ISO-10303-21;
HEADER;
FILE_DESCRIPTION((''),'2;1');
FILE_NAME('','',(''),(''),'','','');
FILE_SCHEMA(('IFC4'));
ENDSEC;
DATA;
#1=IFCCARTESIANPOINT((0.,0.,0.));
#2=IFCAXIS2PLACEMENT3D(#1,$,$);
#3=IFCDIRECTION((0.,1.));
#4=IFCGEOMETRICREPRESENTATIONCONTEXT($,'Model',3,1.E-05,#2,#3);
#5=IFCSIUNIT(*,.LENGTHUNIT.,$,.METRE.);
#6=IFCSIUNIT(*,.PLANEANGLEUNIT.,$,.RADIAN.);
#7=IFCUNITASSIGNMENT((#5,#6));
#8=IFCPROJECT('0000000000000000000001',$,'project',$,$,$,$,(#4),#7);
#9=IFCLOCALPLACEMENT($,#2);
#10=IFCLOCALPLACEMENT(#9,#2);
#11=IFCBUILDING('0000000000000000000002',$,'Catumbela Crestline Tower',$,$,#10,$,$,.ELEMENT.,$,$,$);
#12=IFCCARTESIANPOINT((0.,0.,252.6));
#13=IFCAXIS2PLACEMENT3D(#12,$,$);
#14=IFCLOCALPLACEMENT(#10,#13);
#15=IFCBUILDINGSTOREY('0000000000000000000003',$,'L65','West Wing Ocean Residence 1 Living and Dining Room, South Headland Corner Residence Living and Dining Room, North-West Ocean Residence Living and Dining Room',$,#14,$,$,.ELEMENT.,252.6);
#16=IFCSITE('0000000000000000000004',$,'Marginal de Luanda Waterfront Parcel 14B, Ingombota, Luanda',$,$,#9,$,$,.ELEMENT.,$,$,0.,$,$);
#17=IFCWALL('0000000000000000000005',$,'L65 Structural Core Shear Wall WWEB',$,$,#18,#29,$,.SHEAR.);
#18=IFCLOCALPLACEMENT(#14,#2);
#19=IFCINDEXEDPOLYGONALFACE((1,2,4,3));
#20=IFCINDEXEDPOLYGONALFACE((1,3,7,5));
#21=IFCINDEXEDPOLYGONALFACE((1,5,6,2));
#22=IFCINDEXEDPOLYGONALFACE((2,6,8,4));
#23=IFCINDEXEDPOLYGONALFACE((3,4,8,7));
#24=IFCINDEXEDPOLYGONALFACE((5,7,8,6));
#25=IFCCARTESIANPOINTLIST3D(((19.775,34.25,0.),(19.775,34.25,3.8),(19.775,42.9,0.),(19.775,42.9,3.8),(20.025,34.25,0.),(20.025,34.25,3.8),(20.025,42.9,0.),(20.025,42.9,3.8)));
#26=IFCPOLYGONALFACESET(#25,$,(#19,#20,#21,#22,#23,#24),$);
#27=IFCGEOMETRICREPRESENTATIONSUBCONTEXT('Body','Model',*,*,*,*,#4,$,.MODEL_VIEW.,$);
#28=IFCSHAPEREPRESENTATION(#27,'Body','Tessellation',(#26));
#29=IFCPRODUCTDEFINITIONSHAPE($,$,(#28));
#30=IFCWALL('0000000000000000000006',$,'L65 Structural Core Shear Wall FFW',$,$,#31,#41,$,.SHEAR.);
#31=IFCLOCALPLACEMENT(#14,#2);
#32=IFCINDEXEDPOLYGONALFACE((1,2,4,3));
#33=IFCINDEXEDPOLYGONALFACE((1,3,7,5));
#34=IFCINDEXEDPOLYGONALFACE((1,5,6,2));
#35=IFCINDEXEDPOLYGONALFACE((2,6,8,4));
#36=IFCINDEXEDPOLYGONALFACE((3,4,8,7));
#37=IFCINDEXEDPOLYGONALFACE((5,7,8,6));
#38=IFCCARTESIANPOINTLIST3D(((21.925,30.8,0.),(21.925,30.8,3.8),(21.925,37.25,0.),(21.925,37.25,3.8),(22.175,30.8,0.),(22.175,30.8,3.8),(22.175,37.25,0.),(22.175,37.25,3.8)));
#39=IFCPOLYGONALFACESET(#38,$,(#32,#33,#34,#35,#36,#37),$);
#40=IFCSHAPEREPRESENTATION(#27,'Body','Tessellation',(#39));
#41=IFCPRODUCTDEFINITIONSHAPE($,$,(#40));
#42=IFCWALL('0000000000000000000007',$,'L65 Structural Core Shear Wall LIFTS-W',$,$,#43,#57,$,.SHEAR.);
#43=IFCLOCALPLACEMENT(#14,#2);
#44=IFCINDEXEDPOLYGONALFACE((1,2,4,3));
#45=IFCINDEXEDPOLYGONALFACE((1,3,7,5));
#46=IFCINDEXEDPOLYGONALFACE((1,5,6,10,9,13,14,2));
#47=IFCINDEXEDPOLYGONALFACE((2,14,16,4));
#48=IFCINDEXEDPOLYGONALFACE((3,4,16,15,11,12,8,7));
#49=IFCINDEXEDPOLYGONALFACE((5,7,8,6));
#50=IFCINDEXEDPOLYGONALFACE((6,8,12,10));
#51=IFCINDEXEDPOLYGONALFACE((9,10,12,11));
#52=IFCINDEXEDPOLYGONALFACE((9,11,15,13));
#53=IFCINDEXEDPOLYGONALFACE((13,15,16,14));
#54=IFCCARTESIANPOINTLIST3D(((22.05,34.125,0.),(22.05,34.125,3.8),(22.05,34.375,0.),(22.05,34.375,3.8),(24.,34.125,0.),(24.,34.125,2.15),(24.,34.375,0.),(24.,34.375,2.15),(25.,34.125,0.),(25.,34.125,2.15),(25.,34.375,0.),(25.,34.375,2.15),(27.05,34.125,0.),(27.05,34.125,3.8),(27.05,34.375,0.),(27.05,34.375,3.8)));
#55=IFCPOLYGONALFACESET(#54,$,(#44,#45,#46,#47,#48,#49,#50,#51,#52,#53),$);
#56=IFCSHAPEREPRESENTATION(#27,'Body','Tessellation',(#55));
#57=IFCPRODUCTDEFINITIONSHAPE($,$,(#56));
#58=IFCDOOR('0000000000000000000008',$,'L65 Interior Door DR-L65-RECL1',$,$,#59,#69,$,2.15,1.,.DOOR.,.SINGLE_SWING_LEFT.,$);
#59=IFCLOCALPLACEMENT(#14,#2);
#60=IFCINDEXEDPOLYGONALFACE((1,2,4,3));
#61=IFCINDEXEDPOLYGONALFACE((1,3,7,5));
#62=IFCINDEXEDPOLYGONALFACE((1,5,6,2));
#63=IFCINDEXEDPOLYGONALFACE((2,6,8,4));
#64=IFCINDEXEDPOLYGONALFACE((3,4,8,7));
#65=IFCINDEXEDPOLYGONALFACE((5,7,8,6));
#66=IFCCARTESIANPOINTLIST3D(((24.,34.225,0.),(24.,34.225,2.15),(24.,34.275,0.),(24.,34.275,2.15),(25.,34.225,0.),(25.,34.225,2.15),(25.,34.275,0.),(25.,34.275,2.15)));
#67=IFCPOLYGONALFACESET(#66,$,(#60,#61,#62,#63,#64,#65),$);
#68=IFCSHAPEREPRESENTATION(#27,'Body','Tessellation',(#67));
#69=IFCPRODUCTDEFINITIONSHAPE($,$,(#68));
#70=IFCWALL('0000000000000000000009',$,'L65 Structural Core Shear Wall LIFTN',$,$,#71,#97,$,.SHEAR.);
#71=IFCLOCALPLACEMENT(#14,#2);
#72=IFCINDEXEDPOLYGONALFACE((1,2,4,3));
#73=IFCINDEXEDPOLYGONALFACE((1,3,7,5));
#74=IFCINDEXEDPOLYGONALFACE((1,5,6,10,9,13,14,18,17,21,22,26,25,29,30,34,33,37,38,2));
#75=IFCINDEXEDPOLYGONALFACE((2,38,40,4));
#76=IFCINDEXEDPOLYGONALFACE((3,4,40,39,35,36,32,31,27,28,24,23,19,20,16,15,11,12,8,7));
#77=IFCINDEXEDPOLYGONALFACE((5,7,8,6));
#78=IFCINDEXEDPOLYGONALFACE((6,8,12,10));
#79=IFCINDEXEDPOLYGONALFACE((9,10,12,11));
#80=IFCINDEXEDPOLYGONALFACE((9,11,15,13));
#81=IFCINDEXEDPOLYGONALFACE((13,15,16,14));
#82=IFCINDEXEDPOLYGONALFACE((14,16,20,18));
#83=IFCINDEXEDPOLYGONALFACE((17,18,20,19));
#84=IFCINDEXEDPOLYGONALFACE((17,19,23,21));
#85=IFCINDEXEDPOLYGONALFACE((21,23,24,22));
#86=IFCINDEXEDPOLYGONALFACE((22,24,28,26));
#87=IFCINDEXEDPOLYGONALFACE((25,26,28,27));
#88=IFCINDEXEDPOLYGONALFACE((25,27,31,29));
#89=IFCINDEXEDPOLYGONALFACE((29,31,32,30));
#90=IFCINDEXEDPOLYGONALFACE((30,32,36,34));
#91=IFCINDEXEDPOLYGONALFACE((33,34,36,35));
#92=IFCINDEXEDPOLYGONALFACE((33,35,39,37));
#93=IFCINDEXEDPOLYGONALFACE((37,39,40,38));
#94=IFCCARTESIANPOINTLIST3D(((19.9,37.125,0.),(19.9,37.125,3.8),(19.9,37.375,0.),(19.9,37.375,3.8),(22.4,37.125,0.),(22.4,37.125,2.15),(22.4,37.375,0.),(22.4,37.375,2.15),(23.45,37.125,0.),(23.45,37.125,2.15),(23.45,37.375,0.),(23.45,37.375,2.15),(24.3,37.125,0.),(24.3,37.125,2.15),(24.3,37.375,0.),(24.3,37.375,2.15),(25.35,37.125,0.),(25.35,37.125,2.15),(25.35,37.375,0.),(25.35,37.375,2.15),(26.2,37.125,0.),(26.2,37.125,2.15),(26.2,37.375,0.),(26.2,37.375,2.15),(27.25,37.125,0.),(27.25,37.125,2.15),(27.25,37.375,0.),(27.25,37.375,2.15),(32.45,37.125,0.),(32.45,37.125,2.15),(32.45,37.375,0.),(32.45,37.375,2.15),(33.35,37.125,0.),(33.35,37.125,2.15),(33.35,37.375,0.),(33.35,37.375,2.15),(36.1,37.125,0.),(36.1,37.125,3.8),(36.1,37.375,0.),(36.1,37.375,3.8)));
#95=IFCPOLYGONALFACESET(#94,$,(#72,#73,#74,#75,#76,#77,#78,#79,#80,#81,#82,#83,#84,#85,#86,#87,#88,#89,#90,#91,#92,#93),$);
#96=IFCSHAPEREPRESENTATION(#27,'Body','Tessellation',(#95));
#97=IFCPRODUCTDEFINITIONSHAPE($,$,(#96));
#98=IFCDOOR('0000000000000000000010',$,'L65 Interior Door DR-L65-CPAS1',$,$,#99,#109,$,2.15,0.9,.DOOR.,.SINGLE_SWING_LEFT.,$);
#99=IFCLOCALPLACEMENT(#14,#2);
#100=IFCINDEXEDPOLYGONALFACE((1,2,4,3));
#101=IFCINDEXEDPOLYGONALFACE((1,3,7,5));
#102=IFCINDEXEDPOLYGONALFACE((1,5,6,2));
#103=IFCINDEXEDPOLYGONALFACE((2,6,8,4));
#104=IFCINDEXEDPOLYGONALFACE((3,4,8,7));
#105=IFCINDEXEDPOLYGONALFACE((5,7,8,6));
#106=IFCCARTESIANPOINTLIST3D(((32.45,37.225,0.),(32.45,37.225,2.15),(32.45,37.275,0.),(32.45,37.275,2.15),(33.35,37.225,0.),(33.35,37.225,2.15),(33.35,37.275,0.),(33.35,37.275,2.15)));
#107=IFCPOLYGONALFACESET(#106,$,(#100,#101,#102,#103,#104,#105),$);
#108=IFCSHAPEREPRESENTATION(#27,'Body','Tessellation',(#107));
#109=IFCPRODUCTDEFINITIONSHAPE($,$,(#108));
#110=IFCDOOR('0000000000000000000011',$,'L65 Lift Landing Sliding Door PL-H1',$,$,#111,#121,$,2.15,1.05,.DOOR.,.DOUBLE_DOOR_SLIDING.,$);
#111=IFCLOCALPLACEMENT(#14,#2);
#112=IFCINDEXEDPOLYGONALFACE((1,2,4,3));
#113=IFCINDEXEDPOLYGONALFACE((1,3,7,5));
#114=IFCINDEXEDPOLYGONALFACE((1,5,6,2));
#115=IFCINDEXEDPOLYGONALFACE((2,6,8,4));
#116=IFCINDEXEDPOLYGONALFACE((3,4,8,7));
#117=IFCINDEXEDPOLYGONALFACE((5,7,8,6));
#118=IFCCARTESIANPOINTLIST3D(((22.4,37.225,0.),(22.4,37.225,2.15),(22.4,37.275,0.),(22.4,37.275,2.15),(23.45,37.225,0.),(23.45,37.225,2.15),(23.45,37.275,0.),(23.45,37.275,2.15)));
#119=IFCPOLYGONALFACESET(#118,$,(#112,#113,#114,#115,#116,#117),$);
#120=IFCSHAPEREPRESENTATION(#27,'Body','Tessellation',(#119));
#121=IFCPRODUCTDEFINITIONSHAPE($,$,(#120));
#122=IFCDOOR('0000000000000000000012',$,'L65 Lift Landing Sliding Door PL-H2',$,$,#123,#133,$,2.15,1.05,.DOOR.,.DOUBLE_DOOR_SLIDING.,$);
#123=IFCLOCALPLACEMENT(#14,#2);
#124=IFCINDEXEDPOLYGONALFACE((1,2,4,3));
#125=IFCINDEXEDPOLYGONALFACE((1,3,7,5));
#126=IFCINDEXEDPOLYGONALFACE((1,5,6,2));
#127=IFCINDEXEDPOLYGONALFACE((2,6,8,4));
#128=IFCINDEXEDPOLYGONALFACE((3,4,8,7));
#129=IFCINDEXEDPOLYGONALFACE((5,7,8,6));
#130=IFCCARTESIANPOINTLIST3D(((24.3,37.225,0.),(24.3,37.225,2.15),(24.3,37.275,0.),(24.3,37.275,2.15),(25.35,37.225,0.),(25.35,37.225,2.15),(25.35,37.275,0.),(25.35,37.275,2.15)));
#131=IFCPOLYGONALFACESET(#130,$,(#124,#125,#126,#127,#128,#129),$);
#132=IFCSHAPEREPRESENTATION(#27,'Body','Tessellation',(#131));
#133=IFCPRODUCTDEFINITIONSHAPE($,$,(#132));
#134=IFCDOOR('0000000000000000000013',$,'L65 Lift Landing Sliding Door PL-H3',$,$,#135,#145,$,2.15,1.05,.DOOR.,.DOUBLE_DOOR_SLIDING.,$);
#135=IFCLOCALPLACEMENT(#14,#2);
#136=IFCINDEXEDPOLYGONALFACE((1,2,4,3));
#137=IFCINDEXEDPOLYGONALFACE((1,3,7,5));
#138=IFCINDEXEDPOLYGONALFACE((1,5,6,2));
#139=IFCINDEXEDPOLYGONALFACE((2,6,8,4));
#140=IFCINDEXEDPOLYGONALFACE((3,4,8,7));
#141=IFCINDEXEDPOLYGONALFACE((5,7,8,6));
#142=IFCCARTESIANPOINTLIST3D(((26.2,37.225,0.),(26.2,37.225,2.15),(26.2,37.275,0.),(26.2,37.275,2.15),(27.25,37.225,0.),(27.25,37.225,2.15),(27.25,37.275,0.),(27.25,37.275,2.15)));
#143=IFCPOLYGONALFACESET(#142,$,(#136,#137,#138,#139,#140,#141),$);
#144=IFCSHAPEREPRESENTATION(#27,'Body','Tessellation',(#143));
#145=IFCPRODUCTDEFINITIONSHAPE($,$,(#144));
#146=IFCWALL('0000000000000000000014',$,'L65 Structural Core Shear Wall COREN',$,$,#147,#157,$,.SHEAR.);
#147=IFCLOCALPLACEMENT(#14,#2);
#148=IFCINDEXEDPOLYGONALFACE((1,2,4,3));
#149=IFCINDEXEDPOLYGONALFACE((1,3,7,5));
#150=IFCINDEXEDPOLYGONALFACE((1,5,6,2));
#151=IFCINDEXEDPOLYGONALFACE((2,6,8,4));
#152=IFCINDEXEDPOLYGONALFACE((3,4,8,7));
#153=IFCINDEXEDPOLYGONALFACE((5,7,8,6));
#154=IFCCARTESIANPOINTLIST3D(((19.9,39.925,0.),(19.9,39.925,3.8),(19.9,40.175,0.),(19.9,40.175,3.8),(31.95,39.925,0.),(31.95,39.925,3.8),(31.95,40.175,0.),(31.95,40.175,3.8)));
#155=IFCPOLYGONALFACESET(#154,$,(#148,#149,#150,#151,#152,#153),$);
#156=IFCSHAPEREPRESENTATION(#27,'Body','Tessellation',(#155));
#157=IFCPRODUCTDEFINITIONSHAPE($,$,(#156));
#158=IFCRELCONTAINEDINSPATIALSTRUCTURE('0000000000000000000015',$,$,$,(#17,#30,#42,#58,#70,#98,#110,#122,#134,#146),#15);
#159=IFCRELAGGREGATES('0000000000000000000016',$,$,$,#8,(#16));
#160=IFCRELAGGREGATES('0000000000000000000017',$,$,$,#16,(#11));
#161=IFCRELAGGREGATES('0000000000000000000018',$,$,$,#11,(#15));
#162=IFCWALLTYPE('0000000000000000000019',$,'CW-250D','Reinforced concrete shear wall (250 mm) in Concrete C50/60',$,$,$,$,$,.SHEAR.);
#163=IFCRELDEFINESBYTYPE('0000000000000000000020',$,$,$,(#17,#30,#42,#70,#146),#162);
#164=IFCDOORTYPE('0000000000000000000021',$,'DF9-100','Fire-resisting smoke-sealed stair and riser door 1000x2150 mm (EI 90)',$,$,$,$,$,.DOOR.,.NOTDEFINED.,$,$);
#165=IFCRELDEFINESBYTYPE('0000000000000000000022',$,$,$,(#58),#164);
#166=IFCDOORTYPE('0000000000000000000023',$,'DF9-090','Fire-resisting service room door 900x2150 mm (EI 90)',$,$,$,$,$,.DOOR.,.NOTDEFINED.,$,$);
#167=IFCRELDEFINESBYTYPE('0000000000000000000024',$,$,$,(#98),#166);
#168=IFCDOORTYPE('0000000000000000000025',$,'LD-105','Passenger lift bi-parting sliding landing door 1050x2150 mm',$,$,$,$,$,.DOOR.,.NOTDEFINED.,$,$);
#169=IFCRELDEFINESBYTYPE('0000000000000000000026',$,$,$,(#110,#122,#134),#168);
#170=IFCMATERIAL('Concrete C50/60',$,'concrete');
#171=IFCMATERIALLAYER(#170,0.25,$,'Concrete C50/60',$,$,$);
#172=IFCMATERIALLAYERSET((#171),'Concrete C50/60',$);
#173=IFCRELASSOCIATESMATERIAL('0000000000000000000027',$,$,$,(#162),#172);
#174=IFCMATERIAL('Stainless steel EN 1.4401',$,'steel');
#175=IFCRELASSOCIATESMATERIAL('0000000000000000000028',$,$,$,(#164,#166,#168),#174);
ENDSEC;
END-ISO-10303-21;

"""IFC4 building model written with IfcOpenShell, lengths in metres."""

from ifc_helpers import new_model, si_unit, direction, frame, frame_2d, origin, place, context, subcontext, project, spatial, rectangle, extrude, material, layer, layer_set, type_object, element, fill, save


model = new_model("IFC4")

# Units and contexts
model_context = context("Model", 3, precision=1e-05, world=origin(), true_north=direction((0.0, 1.0)))
body_context = subcontext(model_context, "Body", "Model", "MODEL_VIEW")
ifc_project = project(units=[si_unit("LENGTHUNIT", "METRE"), si_unit("PLANEANGLEUNIT", "RADIAN")], contexts=[model_context])

# Site, building, storey
site_placement = place(None, origin())
site = spatial("IfcSite", under=ifc_project, at=site_placement, Name="Marginal de Luanda Waterfront Parcel 14B, Ingombota, Luanda", CompositionType="ELEMENT", RefElevation=0.0)
building_placement = place(site_placement, origin())
building = spatial("IfcBuilding", under=site, at=building_placement, Name="Catumbela Crestline Tower", CompositionType="ELEMENT")
storey_placement = place(building_placement, frame((0.0, 0.0, 252.6)))
storey = spatial("IfcBuildingStorey", under=building, at=storey_placement, Name="L65", Description="West Wing Ocean Residence 1 Living and Dining Room, South Headland Corner Residence Living and Dining Room, North-West Ocean Residence Living and Dining Room", CompositionType="ELEMENT", Elevation=252.6)

# Walls
ifc_material_1 = material(Name="Concrete C50/60", Category="concrete")
ifc_layer_1 = layer(ifc_material_1, 0.25, Name="Concrete C50/60")
ifc_layer_set_1 = layer_set([ifc_layer_1], Name="Concrete C50/60")
wall_type_1 = type_object("IfcWallType", Name="CW-250D", Description="Reinforced concrete shear wall (250 mm) in Concrete C50/60", PredefinedType="SHEAR", material=ifc_layer_set_1)
wall_1_placement = place(storey_placement, frame((19.9, 34.25, 0.0), z_axis=(0.0, 0.0, 1.0), x_axis=(0.0, 1.0, 0.0)))
element("IfcWall", 1, at=wall_1_placement, inside=storey, type_object=wall_type_1, Name="L65 Structural Core Shear Wall WWEB", PredefinedType="SHEAR", context=body_context, shape_type="SweptSolid", body=[
    extrude(rectangle(XDim=8.65, YDim=0.25, at=frame_2d((4.325, 0.0))), origin(), (0.0, 0.0, 1.0), 3.8),
])
wall_2_placement = place(storey_placement, frame((22.05, 30.8, 0.0), z_axis=(0.0, 0.0, 1.0), x_axis=(0.0, 1.0, 0.0)))
element("IfcWall", 2, at=wall_2_placement, inside=storey, type_object=wall_type_1, Name="L65 Structural Core Shear Wall FFW", PredefinedType="SHEAR", context=body_context, shape_type="SweptSolid", body=[
    extrude(rectangle(XDim=6.45, YDim=0.25, at=frame_2d((3.225, 0.0))), origin(), (0.0, 0.0, 1.0), 3.8),
])

# Wall, opening, door
wall_3_placement = place(storey_placement, frame((22.05, 34.25, 0.0), z_axis=(0.0, 0.0, 1.0), x_axis=(1.0, 0.0, 0.0)))
wall_3 = element("IfcWall", 3, at=wall_3_placement, inside=storey, type_object=wall_type_1, Name="L65 Structural Core Shear Wall LIFTS-W", PredefinedType="SHEAR", context=body_context, shape_type="SweptSolid", body=[
    extrude(rectangle(XDim=5.0, YDim=0.25, at=frame_2d((2.5, 0.0))), origin(), (0.0, 0.0, 1.0), 3.8),
])
opening_1_placement = place(wall_3_placement, frame((1.95, 0.0, 0.0)))
opening_1 = element("IfcOpeningElement", 4, at=opening_1_placement, cuts=wall_3, PredefinedType="OPENING", context=body_context, shape_type="SweptSolid", body=[
    extrude(rectangle(XDim=1.0, YDim=2.15, at=frame_2d((0.5, 1.075))), frame((0.0, 0.135, 0.0), z_axis=(0.0, -1.0, 0.0), x_axis=(1.0, 0.0, 0.0)), (0.0, 0.0, 1.0), 0.27),
])
ifc_material_2 = material(Name="Stainless steel EN 1.4401", Category="steel")
door_type_1 = type_object("IfcDoorType", Name="DF9-100", Description="Fire-resisting smoke-sealed stair and riser door 1000x2150 mm (EI 90)", OperationType="NOTDEFINED", PredefinedType="DOOR", material=ifc_material_2)
door_1_placement = place(opening_1_placement, origin())
door_1 = element("IfcDoor", 5, at=door_1_placement, inside=storey, type_object=door_type_1, Name="L65 Interior Door DR-L65-RECL1", OperationType="SINGLE_SWING_LEFT", OverallHeight=2.15, OverallWidth=1.0, PredefinedType="DOOR", context=body_context, shape_type="SweptSolid", body=[
    extrude(rectangle(XDim=1.0, YDim=2.15, at=frame_2d((0.5, 1.075))), frame((0.0, 0.025, 0.0), z_axis=(0.0, -1.0, 0.0), x_axis=(1.0, 0.0, 0.0)), (0.0, 0.0, 1.0), 0.05),
])
fill(opening_1, door_1)

# Wall, openings, doors
wall_4_placement = place(storey_placement, frame((19.9, 37.25, 0.0), z_axis=(0.0, 0.0, 1.0), x_axis=(1.0, 0.0, 0.0)))
wall_4 = element("IfcWall", 6, at=wall_4_placement, inside=storey, type_object=wall_type_1, Name="L65 Structural Core Shear Wall LIFTN", PredefinedType="SHEAR", context=body_context, shape_type="SweptSolid", body=[
    extrude(rectangle(XDim=16.2, YDim=0.25, at=frame_2d((8.1, 0.0))), origin(), (0.0, 0.0, 1.0), 3.8),
])
opening_2_placement = place(wall_4_placement, frame((12.55, 0.0, 0.0)))
opening_2 = element("IfcOpeningElement", 7, at=opening_2_placement, cuts=wall_4, PredefinedType="OPENING", context=body_context, shape_type="SweptSolid", body=[
    extrude(rectangle(XDim=0.9, YDim=2.15, at=frame_2d((0.45, 1.075))), frame((0.0, 0.135, 0.0), z_axis=(0.0, -1.0, 0.0), x_axis=(1.0, 0.0, 0.0)), (0.0, 0.0, 1.0), 0.27),
])
opening_3_placement = place(wall_4_placement, frame((2.5, 0.0, 0.0)))
opening_3 = element("IfcOpeningElement", 8, at=opening_3_placement, cuts=wall_4, PredefinedType="OPENING", context=body_context, shape_type="SweptSolid", body=[
    extrude(rectangle(XDim=1.05, YDim=2.15, at=frame_2d((0.525, 1.075))), frame((0.0, 0.135, 0.0), z_axis=(0.0, -1.0, 0.0), x_axis=(1.0, 0.0, 0.0)), (0.0, 0.0, 1.0), 0.27),
])
opening_4_placement = place(wall_4_placement, frame((4.4, 0.0, 0.0)))
opening_4 = element("IfcOpeningElement", 9, at=opening_4_placement, cuts=wall_4, PredefinedType="OPENING", context=body_context, shape_type="SweptSolid", body=[
    extrude(rectangle(XDim=1.05, YDim=2.15, at=frame_2d((0.525, 1.075))), frame((0.0, 0.135, 0.0), z_axis=(0.0, -1.0, 0.0), x_axis=(1.0, 0.0, 0.0)), (0.0, 0.0, 1.0), 0.27),
])
opening_5_placement = place(wall_4_placement, frame((6.3, 0.0, 0.0)))
opening_5 = element("IfcOpeningElement", 10, at=opening_5_placement, cuts=wall_4, PredefinedType="OPENING", context=body_context, shape_type="SweptSolid", body=[
    extrude(rectangle(XDim=1.05, YDim=2.15, at=frame_2d((0.525, 1.075))), frame((0.0, 0.135, 0.0), z_axis=(0.0, -1.0, 0.0), x_axis=(1.0, 0.0, 0.0)), (0.0, 0.0, 1.0), 0.27),
])
door_type_2 = type_object("IfcDoorType", Name="DF9-090", Description="Fire-resisting service room door 900x2150 mm (EI 90)", OperationType="NOTDEFINED", PredefinedType="DOOR", material=ifc_material_2)
door_2_placement = place(opening_2_placement, origin())
door_2 = element("IfcDoor", 11, at=door_2_placement, inside=storey, type_object=door_type_2, Name="L65 Interior Door DR-L65-CPAS1", OperationType="SINGLE_SWING_LEFT", OverallHeight=2.15, OverallWidth=0.9, PredefinedType="DOOR", context=body_context, shape_type="SweptSolid", body=[
    extrude(rectangle(XDim=0.9, YDim=2.15, at=frame_2d((0.45, 1.075))), frame((0.0, 0.025, 0.0), z_axis=(0.0, -1.0, 0.0), x_axis=(1.0, 0.0, 0.0)), (0.0, 0.0, 1.0), 0.05),
])
fill(opening_2, door_2)
door_type_3 = type_object("IfcDoorType", Name="LD-105", Description="Passenger lift bi-parting sliding landing door 1050x2150 mm", OperationType="NOTDEFINED", PredefinedType="DOOR", material=ifc_material_2)
door_3_placement = place(opening_3_placement, origin())
door_3 = element("IfcDoor", 12, at=door_3_placement, inside=storey, type_object=door_type_3, Name="L65 Lift Landing Sliding Door PL-H1", OperationType="DOUBLE_DOOR_SLIDING", OverallHeight=2.15, OverallWidth=1.05, PredefinedType="DOOR", context=body_context, shape_type="SweptSolid", body=[
    extrude(rectangle(XDim=1.05, YDim=2.15, at=frame_2d((0.525, 1.075))), frame((0.0, 0.025, 0.0), z_axis=(0.0, -1.0, 0.0), x_axis=(1.0, 0.0, 0.0)), (0.0, 0.0, 1.0), 0.05),
])
fill(opening_3, door_3)
door_4_placement = place(opening_4_placement, origin())
door_4 = element("IfcDoor", 13, at=door_4_placement, inside=storey, type_object=door_type_3, Name="L65 Lift Landing Sliding Door PL-H2", OperationType="DOUBLE_DOOR_SLIDING", OverallHeight=2.15, OverallWidth=1.05, PredefinedType="DOOR", context=body_context, shape_type="SweptSolid", body=[
    extrude(rectangle(XDim=1.05, YDim=2.15, at=frame_2d((0.525, 1.075))), frame((0.0, 0.025, 0.0), z_axis=(0.0, -1.0, 0.0), x_axis=(1.0, 0.0, 0.0)), (0.0, 0.0, 1.0), 0.05),
])
fill(opening_4, door_4)
door_5_placement = place(opening_5_placement, origin())
door_5 = element("IfcDoor", 14, at=door_5_placement, inside=storey, type_object=door_type_3, Name="L65 Lift Landing Sliding Door PL-H3", OperationType="DOUBLE_DOOR_SLIDING", OverallHeight=2.15, OverallWidth=1.05, PredefinedType="DOOR", context=body_context, shape_type="SweptSolid", body=[
    extrude(rectangle(XDim=1.05, YDim=2.15, at=frame_2d((0.525, 1.075))), frame((0.0, 0.025, 0.0), z_axis=(0.0, -1.0, 0.0), x_axis=(1.0, 0.0, 0.0)), (0.0, 0.0, 1.0), 0.05),
])
fill(opening_5, door_5)

# Wall
wall_5_placement = place(storey_placement, frame((19.9, 40.05, 0.0), z_axis=(0.0, 0.0, 1.0), x_axis=(1.0, 0.0, 0.0)))
element("IfcWall", 15, at=wall_5_placement, inside=storey, type_object=wall_type_1, Name="L65 Structural Core Shear Wall COREN", PredefinedType="SHEAR", context=body_context, shape_type="SweptSolid", body=[
    extrude(rectangle(XDim=12.05, YDim=0.25, at=frame_2d((6.025, 0.0))), origin(), (0.0, 0.0, 1.0), 3.8),
])

save(model, "model.ifc")
